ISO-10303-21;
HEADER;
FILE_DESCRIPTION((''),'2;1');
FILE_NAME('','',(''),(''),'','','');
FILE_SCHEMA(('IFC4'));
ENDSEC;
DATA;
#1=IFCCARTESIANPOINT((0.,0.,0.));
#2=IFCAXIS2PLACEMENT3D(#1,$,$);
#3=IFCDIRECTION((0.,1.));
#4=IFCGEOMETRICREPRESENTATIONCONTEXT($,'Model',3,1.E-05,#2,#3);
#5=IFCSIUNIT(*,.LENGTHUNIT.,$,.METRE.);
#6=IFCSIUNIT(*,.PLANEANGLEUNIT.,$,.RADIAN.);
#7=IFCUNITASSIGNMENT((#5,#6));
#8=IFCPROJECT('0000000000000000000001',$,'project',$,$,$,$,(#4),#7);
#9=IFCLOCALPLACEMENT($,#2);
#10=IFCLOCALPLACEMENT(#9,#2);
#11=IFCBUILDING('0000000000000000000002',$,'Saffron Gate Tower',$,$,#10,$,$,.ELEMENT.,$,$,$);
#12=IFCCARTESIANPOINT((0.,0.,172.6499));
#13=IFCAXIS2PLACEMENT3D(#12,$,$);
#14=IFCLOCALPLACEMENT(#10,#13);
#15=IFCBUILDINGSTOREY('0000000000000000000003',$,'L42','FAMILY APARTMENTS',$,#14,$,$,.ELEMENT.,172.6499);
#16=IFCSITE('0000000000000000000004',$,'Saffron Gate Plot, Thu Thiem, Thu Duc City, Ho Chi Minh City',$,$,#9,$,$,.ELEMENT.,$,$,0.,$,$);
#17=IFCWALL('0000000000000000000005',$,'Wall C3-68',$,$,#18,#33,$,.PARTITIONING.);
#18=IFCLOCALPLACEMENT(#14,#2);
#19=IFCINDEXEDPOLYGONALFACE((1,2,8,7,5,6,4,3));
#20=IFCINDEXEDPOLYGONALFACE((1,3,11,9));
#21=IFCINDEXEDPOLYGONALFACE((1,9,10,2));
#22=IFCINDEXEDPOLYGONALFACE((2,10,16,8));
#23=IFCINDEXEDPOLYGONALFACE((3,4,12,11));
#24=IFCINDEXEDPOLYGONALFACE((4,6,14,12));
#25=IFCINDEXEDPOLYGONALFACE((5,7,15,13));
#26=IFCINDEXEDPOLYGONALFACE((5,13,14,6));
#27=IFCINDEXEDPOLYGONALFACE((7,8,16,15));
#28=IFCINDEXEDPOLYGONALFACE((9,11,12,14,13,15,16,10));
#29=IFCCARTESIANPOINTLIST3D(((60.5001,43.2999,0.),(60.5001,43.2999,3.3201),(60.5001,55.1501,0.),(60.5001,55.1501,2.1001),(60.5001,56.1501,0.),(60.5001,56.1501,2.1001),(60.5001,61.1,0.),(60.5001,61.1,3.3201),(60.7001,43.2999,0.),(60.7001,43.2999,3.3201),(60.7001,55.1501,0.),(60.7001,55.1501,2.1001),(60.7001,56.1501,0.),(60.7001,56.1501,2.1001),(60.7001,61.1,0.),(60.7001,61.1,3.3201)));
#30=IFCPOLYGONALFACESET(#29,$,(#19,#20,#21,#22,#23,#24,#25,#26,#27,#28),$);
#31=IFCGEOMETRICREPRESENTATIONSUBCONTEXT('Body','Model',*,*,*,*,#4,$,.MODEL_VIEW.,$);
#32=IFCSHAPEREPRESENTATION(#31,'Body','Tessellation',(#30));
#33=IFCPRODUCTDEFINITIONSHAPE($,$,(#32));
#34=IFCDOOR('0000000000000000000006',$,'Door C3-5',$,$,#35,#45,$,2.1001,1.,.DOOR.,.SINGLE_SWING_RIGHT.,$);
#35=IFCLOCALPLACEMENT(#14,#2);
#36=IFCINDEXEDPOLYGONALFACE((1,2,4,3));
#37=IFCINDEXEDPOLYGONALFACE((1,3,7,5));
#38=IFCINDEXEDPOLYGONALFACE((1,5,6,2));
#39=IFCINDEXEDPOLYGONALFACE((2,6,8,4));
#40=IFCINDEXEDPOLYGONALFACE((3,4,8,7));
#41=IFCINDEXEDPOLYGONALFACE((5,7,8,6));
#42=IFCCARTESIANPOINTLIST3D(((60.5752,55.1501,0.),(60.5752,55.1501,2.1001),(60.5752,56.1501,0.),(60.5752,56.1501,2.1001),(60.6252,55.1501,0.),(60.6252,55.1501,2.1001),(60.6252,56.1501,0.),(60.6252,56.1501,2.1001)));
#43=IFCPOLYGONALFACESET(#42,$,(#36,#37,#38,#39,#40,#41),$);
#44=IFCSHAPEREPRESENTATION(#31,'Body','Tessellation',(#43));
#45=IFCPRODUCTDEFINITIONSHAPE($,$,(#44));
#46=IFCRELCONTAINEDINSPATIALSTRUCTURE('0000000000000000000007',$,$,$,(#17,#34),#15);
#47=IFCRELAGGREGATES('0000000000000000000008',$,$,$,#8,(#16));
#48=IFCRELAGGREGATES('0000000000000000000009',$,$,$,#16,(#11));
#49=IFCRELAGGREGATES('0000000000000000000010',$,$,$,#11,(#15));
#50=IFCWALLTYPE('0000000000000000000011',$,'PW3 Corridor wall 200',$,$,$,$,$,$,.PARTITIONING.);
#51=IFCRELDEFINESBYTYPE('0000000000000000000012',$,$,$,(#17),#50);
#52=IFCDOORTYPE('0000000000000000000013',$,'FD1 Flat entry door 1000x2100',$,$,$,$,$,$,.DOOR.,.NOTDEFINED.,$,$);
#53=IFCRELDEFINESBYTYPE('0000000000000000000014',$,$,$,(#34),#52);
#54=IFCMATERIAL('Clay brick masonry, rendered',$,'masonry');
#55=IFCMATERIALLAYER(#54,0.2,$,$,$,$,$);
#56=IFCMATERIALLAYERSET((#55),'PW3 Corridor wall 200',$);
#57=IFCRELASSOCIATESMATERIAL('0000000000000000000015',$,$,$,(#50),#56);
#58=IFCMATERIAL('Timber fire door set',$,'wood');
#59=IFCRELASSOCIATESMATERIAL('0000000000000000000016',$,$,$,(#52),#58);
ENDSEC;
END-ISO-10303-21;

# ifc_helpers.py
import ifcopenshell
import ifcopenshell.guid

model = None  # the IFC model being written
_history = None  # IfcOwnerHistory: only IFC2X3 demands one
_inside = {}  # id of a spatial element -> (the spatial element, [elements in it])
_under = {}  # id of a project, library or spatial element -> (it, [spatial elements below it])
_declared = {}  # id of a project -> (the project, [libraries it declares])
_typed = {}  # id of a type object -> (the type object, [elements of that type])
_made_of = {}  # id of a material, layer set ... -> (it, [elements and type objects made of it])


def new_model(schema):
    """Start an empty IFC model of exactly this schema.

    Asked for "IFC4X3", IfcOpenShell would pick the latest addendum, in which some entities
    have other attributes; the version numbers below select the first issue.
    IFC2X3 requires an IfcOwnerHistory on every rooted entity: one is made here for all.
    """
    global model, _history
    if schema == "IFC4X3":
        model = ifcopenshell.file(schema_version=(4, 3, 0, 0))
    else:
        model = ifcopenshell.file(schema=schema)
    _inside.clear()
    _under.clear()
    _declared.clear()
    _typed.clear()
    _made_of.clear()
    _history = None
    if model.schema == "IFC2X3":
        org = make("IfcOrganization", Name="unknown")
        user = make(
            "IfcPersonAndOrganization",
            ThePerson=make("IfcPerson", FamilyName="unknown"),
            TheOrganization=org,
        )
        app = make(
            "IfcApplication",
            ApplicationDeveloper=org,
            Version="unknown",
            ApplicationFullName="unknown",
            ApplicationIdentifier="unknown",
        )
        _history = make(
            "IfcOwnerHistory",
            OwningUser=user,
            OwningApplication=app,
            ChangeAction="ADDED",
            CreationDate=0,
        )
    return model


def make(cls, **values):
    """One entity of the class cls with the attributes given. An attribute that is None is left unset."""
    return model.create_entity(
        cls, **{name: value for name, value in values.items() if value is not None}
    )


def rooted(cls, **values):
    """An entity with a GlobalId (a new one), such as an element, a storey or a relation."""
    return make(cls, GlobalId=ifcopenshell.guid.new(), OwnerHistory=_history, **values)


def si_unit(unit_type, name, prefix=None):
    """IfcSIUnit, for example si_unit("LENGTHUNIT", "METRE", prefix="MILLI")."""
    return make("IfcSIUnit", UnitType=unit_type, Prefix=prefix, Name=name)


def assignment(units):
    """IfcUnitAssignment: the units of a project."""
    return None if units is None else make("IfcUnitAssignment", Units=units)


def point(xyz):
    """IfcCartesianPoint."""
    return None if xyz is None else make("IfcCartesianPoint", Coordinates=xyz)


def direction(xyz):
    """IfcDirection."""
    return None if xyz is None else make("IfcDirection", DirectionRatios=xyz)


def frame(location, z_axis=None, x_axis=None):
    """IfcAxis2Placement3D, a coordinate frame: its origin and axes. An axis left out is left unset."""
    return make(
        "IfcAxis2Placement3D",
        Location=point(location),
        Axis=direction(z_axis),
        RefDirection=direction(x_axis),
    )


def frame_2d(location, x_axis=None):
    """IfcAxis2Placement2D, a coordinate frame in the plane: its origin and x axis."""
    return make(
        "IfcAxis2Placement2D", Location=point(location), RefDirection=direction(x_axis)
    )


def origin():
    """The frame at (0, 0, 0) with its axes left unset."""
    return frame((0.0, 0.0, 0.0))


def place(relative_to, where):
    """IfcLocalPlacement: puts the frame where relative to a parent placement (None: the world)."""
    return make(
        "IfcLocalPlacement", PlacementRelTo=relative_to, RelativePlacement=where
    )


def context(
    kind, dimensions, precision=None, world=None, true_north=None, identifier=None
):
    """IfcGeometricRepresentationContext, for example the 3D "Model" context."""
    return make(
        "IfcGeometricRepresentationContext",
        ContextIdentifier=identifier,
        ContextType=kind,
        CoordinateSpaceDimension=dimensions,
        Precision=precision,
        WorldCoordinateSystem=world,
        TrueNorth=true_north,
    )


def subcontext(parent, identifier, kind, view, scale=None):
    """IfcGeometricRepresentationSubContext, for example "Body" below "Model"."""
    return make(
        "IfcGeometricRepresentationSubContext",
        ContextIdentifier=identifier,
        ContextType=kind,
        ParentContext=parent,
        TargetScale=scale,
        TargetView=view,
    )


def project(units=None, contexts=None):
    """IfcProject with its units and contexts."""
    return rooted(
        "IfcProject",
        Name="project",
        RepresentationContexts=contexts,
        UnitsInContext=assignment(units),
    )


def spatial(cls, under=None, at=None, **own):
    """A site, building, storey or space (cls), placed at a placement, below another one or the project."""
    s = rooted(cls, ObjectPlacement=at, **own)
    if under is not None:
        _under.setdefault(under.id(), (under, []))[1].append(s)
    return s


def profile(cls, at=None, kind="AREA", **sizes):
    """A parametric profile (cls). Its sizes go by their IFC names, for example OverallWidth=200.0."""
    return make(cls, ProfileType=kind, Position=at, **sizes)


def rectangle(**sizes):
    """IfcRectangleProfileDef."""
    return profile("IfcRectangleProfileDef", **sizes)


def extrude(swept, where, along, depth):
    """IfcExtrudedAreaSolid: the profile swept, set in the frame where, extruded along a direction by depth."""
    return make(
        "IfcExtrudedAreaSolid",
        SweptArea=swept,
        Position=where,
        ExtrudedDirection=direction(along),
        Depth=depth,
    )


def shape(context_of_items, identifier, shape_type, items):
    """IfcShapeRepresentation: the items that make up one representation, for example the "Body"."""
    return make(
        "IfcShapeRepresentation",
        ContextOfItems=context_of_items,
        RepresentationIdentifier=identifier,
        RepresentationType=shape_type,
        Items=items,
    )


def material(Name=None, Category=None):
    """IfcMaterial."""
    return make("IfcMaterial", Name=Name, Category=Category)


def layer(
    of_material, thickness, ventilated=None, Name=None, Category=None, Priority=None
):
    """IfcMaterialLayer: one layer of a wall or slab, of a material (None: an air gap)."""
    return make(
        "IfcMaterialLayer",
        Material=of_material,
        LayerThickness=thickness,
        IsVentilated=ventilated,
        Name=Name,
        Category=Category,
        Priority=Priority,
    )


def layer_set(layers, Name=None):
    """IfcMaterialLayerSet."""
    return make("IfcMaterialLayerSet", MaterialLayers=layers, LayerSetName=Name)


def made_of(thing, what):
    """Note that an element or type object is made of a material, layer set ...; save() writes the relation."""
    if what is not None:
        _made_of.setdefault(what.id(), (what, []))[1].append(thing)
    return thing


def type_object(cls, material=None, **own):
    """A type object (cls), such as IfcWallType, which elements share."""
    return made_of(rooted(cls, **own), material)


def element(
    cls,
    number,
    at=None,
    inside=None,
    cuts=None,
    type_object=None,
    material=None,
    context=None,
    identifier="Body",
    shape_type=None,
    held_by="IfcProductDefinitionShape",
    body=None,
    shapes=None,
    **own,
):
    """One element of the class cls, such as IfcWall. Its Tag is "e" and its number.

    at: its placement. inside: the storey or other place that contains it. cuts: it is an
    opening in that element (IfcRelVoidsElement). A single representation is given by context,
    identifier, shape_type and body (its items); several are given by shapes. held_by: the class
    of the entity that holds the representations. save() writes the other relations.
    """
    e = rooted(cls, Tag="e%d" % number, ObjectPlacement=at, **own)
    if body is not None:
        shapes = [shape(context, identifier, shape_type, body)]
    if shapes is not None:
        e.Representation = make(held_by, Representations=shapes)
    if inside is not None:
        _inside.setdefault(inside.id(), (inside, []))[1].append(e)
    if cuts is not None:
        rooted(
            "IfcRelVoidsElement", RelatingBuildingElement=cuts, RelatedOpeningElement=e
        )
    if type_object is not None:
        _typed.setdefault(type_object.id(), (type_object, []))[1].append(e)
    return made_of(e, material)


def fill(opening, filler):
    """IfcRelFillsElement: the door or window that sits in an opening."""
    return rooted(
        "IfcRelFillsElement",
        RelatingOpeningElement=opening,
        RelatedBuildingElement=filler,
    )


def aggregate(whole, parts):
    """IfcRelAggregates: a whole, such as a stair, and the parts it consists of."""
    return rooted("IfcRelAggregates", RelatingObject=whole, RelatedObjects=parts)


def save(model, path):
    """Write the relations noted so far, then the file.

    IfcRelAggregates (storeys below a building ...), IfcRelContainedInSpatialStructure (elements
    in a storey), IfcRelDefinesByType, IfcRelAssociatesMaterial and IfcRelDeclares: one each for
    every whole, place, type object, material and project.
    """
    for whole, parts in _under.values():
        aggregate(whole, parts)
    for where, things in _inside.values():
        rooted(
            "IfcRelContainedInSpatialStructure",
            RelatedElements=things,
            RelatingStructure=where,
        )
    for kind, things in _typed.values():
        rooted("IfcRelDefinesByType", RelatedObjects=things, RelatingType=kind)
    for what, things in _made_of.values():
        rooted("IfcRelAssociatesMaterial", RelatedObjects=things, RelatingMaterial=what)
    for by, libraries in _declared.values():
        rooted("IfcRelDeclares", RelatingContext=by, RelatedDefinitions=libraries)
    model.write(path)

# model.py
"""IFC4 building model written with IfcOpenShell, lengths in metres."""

from ifc_helpers import new_model, si_unit, direction, frame, frame_2d, origin, place, context, subcontext, project, spatial, rectangle, extrude, material, layer, layer_set, type_object, element, fill, save


model = new_model("IFC4")

# Units and contexts
model_context = context("Model", 3, precision=1e-05, world=origin(), true_north=direction((0.0, 1.0)))
body_context = subcontext(model_context, "Body", "Model", "MODEL_VIEW")
ifc_project = project(units=[si_unit("LENGTHUNIT", "METRE"), si_unit("PLANEANGLEUNIT", "RADIAN")], contexts=[model_context])

# Site, building, storey
site_placement = place(None, origin())
site = spatial("IfcSite", under=ifc_project, at=site_placement, Name="Saffron Gate Plot, Thu Thiem, Thu Duc City, Ho Chi Minh City", CompositionType="ELEMENT", RefElevation=0.0)
building_placement = place(site_placement, origin())
building = spatial("IfcBuilding", under=site, at=building_placement, Name="Saffron Gate Tower", CompositionType="ELEMENT")
storey_placement = place(building_placement, frame((0.0, 0.0, 172.6499)))
storey = spatial("IfcBuildingStorey", under=building, at=storey_placement, Name="L42", Description="FAMILY APARTMENTS", CompositionType="ELEMENT", Elevation=172.6499)

# Shared definitions
ifc_material_1 = material(Name="Clay brick masonry, rendered", Category="masonry")
ifc_layer_1 = layer(ifc_material_1, 0.2)
ifc_layer_set_1 = layer_set([ifc_layer_1], Name="PW3 Corridor wall 200")
wall_type_1 = type_object("IfcWallType", Name="PW3 Corridor wall 200", PredefinedType="PARTITIONING", material=ifc_layer_set_1)

# Wall, opening, door
wall_1_placement = place(storey_placement, frame((60.6001, 43.3, 0.0), z_axis=(0.0, 0.0, 1.0), x_axis=(0.0, 1.0, 0.0)))
wall_1 = element("IfcWall", 1, at=wall_1_placement, inside=storey, type_object=wall_type_1, Name="Wall C3-68", PredefinedType="PARTITIONING", context=body_context, shape_type="SweptSolid", body=[
    extrude(rectangle(XDim=17.8, YDim=0.2, at=frame_2d((8.8999, 0.0))), origin(), (0.0, 0.0, 1.0), 3.3201),
])
opening_1_placement = place(wall_1_placement, frame((11.8501, 0.0, 0.0)))
opening_1 = element("IfcOpeningElement", 2, at=opening_1_placement, cuts=wall_1, PredefinedType="OPENING", context=body_context, shape_type="SweptSolid", body=[
    extrude(rectangle(XDim=1.0, YDim=2.1001, at=frame_2d((0.5, 1.05))), frame((0.0, 0.1099, 0.0), z_axis=(0.0, -1.0, 0.0), x_axis=(1.0, 0.0, 0.0)), (0.0, 0.0, 1.0), 0.22),
])
ifc_material_2 = material(Name="Timber fire door set", Category="wood")
door_type_1 = type_object("IfcDoorType", Name="FD1 Flat entry door 1000x2100", OperationType="NOTDEFINED", PredefinedType="DOOR", material=ifc_material_2)
door_1_placement = place(opening_1_placement, origin())
door_1 = element("IfcDoor", 3, at=door_1_placement, inside=storey, type_object=door_type_1, Name="Door C3-5", OperationType="SINGLE_SWING_RIGHT", OverallHeight=2.1001, OverallWidth=1.0, PredefinedType="DOOR", context=body_context, shape_type="SweptSolid", body=[
    extrude(rectangle(XDim=1.0, YDim=2.1001, at=frame_2d((0.5, 1.05))), frame((0.0, 0.0249, 0.0), z_axis=(0.0, -1.0, 0.0), x_axis=(1.0, 0.0, 0.0)), (0.0, 0.0, 1.0), 0.05),
])
fill(opening_1, door_1)

save(model, "model.ifc")
